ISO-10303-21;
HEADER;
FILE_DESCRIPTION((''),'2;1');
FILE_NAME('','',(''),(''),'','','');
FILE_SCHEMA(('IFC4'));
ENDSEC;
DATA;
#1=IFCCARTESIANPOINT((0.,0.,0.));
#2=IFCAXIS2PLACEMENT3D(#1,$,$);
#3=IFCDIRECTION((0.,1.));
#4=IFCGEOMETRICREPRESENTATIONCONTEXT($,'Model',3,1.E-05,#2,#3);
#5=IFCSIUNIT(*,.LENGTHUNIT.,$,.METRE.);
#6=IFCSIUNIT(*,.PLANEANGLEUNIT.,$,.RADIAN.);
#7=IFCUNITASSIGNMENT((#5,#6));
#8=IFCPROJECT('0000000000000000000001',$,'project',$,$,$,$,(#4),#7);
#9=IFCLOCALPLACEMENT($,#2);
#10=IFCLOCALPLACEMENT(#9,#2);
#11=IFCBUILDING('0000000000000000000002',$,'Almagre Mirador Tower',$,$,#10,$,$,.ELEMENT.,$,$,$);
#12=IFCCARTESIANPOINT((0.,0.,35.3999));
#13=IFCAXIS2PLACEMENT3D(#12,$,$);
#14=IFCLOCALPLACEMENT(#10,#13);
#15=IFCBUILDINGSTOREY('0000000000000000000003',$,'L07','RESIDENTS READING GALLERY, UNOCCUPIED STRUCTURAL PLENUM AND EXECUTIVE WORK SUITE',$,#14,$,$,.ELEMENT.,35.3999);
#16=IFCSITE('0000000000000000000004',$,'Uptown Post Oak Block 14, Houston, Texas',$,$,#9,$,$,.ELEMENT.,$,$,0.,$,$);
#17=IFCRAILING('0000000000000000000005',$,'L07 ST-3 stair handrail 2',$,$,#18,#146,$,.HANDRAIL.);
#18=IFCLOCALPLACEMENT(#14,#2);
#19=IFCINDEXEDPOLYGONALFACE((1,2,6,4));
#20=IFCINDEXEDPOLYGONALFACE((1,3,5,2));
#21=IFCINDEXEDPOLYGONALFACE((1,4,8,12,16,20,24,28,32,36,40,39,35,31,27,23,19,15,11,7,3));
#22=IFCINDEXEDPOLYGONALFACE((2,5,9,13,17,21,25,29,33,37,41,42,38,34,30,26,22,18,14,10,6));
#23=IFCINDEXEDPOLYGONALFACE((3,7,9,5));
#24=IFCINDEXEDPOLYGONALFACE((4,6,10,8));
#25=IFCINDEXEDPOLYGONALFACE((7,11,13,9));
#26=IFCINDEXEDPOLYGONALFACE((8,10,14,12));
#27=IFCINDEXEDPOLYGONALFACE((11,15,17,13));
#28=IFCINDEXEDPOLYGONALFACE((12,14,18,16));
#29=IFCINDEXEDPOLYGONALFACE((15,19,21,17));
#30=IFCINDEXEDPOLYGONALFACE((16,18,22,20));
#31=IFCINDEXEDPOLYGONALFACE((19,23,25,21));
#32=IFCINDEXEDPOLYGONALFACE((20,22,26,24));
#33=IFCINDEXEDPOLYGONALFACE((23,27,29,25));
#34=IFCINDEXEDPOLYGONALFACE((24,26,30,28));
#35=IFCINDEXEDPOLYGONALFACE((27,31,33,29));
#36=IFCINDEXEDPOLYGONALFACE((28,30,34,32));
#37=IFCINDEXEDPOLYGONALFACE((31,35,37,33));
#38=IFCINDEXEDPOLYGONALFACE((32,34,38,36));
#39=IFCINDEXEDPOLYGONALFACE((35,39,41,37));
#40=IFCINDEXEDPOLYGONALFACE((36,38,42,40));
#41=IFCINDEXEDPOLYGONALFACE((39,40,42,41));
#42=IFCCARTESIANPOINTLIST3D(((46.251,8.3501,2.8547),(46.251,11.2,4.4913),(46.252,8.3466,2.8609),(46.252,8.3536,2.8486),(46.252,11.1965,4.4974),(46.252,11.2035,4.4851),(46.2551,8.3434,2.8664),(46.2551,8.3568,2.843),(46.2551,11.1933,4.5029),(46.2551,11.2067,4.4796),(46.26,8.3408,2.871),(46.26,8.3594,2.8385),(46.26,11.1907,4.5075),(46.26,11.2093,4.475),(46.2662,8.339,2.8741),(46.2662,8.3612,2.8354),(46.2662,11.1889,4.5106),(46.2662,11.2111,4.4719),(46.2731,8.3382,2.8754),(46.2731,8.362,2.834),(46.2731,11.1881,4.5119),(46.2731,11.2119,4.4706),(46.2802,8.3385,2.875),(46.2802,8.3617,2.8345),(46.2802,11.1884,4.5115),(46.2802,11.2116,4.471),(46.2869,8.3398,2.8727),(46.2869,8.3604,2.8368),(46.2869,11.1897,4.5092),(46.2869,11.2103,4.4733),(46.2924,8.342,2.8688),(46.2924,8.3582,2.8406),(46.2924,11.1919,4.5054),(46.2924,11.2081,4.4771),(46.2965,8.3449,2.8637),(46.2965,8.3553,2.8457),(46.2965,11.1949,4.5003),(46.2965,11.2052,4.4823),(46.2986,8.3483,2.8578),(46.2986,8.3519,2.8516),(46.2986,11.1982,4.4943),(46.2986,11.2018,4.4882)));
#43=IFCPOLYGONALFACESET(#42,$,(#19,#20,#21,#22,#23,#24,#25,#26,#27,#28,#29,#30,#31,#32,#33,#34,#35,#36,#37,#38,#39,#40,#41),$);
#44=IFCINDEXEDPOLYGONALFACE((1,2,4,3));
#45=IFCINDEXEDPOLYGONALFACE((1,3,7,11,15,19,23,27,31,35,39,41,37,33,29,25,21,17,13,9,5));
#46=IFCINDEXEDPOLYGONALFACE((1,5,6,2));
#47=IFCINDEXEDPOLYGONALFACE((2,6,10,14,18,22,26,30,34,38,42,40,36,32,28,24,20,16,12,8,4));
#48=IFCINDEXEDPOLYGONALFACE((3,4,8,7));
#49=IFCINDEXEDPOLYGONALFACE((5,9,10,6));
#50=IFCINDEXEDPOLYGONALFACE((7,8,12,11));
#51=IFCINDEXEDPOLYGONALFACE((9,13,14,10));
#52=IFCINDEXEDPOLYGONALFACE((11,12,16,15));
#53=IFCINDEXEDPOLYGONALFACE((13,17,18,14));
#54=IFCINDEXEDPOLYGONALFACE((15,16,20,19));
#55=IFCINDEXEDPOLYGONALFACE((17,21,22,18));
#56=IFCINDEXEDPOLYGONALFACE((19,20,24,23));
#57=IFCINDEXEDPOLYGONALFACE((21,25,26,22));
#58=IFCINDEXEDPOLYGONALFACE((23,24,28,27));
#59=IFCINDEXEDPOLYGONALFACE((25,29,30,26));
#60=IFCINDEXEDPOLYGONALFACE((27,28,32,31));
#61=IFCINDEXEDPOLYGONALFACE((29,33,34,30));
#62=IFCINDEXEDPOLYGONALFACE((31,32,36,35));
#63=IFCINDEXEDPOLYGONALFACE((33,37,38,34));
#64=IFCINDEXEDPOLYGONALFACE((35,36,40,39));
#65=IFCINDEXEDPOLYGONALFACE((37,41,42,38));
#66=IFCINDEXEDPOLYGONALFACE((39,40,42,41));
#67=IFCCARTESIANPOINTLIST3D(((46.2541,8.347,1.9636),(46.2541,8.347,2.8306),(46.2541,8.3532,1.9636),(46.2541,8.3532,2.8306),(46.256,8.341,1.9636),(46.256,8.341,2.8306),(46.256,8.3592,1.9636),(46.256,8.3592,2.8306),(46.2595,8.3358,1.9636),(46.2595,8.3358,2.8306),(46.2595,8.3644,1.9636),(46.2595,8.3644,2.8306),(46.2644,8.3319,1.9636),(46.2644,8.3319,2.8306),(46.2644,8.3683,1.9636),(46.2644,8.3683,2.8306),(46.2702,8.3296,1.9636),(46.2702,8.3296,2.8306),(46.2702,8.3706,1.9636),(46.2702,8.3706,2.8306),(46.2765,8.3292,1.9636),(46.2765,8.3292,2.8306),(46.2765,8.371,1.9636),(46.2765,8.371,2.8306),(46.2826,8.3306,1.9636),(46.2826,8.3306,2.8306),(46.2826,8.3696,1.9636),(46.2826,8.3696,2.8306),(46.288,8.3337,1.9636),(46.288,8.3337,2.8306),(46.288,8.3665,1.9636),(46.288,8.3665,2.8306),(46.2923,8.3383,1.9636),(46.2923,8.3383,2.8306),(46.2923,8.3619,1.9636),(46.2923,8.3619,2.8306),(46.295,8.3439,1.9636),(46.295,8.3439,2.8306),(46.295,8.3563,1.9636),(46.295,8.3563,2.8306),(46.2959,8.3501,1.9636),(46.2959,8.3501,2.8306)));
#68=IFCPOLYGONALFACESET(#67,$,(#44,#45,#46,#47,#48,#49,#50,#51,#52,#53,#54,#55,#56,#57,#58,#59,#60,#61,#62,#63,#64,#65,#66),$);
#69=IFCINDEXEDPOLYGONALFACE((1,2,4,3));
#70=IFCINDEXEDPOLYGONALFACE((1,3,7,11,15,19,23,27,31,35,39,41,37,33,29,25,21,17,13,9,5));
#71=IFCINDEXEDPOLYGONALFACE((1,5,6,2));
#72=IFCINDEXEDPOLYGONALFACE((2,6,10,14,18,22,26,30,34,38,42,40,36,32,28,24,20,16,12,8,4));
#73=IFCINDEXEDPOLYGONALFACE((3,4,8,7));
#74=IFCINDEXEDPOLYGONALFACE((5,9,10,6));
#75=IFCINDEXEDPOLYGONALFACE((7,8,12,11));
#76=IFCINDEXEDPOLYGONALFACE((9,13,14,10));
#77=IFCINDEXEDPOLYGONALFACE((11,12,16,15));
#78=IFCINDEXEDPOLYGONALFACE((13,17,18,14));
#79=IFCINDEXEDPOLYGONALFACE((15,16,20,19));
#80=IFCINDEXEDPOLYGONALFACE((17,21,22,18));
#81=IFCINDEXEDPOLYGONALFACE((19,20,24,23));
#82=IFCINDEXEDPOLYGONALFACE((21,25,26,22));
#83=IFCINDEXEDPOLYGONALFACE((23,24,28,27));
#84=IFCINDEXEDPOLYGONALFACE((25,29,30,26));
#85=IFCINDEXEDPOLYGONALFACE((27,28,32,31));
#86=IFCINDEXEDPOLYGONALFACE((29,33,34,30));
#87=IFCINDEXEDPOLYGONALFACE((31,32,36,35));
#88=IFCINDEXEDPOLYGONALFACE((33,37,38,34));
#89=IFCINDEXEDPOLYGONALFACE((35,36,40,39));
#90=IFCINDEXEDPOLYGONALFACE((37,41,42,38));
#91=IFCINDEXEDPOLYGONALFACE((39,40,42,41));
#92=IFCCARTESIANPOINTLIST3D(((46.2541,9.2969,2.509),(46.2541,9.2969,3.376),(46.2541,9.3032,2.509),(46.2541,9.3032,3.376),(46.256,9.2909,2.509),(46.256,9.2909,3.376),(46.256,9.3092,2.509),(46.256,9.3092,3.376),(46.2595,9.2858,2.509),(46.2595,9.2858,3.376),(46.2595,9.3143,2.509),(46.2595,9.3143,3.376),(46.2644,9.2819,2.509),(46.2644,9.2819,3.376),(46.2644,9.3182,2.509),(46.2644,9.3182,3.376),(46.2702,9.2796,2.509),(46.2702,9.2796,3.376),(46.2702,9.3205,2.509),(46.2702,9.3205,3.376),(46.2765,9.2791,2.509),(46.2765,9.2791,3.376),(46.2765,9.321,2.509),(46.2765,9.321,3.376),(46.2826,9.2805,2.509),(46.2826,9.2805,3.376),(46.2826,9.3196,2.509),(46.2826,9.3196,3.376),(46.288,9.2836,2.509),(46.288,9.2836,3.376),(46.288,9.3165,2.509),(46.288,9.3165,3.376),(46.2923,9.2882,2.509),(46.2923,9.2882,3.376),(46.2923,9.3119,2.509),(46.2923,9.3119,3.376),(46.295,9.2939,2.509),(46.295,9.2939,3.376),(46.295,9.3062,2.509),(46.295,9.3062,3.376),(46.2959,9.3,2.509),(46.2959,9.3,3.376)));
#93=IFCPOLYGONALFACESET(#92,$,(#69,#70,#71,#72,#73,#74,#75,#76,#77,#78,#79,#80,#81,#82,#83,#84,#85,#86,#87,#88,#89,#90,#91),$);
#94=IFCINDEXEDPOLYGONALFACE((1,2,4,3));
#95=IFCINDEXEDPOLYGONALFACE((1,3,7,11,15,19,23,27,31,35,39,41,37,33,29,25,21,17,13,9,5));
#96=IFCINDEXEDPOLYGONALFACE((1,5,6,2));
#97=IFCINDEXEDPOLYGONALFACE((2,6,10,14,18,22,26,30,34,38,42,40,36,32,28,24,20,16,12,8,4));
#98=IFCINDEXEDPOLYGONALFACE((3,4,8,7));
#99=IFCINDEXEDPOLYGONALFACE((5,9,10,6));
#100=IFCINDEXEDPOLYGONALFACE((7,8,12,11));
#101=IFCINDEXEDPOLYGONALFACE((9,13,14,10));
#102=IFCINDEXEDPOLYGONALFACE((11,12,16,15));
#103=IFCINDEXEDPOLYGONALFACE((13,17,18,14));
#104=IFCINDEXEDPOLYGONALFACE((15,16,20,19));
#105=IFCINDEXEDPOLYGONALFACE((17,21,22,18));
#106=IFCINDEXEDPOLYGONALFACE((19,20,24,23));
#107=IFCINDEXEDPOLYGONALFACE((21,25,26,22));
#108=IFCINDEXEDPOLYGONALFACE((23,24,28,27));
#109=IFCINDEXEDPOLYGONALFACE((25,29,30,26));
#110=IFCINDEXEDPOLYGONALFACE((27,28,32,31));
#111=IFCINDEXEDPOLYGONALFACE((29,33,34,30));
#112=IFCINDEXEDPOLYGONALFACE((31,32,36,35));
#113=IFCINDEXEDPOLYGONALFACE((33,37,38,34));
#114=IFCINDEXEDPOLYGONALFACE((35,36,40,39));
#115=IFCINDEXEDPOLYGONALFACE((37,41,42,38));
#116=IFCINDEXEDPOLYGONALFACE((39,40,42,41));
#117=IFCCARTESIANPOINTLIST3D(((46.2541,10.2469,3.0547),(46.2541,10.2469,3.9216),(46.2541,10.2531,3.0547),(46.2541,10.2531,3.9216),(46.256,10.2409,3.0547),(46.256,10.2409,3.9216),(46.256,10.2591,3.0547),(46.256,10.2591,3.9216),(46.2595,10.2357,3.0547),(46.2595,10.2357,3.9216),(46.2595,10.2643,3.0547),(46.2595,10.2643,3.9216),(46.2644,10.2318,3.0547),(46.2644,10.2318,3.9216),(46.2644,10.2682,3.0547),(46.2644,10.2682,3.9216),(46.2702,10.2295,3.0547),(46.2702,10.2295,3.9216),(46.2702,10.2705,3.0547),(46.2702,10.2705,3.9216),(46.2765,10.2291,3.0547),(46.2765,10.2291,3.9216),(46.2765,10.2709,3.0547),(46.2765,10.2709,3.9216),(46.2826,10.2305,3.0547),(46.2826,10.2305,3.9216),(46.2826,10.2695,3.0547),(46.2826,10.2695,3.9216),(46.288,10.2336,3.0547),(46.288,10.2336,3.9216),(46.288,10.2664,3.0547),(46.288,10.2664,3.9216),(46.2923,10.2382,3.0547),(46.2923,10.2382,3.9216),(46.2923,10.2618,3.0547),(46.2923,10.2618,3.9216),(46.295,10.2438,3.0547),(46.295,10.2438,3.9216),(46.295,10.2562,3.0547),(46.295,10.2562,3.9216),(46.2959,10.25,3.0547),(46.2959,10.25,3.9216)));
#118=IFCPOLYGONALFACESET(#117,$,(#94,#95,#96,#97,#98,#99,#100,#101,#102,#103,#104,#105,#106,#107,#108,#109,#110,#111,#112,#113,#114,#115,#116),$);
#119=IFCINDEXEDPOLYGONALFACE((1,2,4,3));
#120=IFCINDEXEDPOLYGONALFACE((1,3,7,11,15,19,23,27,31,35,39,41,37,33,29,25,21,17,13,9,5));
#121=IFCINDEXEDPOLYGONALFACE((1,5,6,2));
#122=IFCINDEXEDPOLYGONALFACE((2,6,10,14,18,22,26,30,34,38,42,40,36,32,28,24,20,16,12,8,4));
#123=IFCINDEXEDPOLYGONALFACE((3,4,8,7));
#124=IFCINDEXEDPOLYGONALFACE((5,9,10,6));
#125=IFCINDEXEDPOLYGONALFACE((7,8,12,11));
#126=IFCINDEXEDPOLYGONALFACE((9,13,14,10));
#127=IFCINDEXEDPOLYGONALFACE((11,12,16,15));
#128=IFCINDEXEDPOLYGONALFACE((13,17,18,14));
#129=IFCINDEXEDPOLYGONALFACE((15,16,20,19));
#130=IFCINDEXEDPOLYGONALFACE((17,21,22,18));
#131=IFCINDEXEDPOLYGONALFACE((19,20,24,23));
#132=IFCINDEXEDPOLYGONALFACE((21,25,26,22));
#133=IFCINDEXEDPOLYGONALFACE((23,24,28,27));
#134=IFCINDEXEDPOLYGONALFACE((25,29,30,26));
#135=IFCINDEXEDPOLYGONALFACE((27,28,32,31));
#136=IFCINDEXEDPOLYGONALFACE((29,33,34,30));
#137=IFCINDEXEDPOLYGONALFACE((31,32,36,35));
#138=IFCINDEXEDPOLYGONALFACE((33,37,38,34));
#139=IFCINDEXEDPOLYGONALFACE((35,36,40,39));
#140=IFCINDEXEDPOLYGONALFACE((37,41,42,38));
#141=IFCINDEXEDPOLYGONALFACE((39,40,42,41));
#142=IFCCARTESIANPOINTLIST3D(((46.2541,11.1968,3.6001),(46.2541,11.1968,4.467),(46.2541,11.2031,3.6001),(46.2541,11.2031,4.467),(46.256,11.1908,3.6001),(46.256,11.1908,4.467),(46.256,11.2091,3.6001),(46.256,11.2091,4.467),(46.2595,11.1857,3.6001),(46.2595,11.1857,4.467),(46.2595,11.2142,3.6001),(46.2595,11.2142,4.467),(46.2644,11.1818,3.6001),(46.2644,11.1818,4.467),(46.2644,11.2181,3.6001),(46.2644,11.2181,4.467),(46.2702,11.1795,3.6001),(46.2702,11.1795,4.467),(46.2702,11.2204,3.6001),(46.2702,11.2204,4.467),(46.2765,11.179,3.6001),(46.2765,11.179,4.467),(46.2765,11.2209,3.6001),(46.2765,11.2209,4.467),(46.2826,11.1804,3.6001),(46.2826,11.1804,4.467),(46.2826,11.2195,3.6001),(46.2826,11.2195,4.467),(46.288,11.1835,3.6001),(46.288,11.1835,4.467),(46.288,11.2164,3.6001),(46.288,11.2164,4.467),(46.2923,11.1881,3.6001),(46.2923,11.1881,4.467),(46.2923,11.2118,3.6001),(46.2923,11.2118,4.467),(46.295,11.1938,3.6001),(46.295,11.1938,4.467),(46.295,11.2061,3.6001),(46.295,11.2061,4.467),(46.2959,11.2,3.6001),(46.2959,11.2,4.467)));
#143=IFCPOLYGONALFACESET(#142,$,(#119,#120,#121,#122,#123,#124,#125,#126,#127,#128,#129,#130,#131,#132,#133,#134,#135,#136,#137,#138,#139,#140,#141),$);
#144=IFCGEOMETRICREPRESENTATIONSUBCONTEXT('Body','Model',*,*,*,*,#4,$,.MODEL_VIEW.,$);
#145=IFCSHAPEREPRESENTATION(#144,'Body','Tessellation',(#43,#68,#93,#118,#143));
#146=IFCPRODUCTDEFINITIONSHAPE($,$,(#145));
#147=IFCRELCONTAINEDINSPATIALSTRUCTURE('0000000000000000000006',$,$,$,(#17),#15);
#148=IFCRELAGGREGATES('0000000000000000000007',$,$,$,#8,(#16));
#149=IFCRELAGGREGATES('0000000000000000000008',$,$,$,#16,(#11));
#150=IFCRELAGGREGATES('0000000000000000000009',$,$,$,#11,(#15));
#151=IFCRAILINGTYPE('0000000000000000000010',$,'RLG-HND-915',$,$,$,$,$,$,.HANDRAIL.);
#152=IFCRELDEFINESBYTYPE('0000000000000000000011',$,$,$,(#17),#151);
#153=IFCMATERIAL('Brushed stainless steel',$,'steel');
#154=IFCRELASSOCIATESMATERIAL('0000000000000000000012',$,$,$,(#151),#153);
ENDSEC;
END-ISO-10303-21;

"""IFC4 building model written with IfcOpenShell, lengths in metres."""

from ifc_helpers import new_model, si_unit, direction, frame, origin, origin_2d, place, context, subcontext, project, spatial, circle, extrude, material, type_object, element, save


model = new_model("IFC4")

# Units and contexts
model_context = context("Model", 3, precision=1e-05, world=origin(), true_north=direction((0.0, 1.0)))
body_context = subcontext(model_context, "Body", "Model", "MODEL_VIEW")
ifc_project = project(units=[si_unit("LENGTHUNIT", "METRE"), si_unit("PLANEANGLEUNIT", "RADIAN")], contexts=[model_context])

# Site, building, storey
site_placement = place(None, origin())
site = spatial("IfcSite", under=ifc_project, at=site_placement, Name="Uptown Post Oak Block 14, Houston, Texas", CompositionType="ELEMENT", RefElevation=0.0)
building_placement = place(site_placement, origin())
building = spatial("IfcBuilding", under=site, at=building_placement, Name="Almagre Mirador Tower", CompositionType="ELEMENT")
storey_placement = place(building_placement, frame((0.0, 0.0, 35.3999)))
storey = spatial("IfcBuildingStorey", under=building, at=storey_placement, Name="L07", Description="RESIDENTS READING GALLERY, UNOCCUPIED STRUCTURAL PLENUM AND EXECUTIVE WORK SUITE", CompositionType="ELEMENT", Elevation=35.3999)

# Railing
ifc_material_1 = material(Name="Brushed stainless steel", Category="steel")
railing_type_1 = type_object("IfcRailingType", Name="RLG-HND-915", PredefinedType="HANDRAIL", material=ifc_material_1)
railing_1_placement = place(storey_placement, frame((46.2749, 8.3501, 1.9636)))
element("IfcRailing", 1, at=railing_1_placement, inside=storey, type_object=railing_type_1, Name="L07 ST-3 stair handrail 2", PredefinedType="HANDRAIL", context=body_context, shape_type="SweptSolid", body=[
    extrude(circle(Radius=0.0239, at=origin_2d()), frame((0.0, 0.0, 0.8911), z_axis=(0.0, 0.867194, 0.49797), x_axis=(-1.0, 0.0, 0.0)), (0.0, 0.0, 1.0), 3.2864),
    extrude(circle(Radius=0.021, at=origin_2d()), origin(), (0.0, 0.0, 1.0), 0.8669),
    extrude(circle(Radius=0.021, at=origin_2d()), frame((0.0, 0.95, 0.5454)), (0.0, 0.0, 1.0), 0.8669),
    extrude(circle(Radius=0.021, at=origin_2d()), frame((0.0, 1.8999, 1.0911)), (0.0, 0.0, 1.0), 0.8669),
    extrude(circle(Radius=0.021, at=origin_2d()), frame((0.0, 2.8499, 1.6365)), (0.0, 0.0, 1.0), 0.8669),
])

save(model, "model.ifc")
